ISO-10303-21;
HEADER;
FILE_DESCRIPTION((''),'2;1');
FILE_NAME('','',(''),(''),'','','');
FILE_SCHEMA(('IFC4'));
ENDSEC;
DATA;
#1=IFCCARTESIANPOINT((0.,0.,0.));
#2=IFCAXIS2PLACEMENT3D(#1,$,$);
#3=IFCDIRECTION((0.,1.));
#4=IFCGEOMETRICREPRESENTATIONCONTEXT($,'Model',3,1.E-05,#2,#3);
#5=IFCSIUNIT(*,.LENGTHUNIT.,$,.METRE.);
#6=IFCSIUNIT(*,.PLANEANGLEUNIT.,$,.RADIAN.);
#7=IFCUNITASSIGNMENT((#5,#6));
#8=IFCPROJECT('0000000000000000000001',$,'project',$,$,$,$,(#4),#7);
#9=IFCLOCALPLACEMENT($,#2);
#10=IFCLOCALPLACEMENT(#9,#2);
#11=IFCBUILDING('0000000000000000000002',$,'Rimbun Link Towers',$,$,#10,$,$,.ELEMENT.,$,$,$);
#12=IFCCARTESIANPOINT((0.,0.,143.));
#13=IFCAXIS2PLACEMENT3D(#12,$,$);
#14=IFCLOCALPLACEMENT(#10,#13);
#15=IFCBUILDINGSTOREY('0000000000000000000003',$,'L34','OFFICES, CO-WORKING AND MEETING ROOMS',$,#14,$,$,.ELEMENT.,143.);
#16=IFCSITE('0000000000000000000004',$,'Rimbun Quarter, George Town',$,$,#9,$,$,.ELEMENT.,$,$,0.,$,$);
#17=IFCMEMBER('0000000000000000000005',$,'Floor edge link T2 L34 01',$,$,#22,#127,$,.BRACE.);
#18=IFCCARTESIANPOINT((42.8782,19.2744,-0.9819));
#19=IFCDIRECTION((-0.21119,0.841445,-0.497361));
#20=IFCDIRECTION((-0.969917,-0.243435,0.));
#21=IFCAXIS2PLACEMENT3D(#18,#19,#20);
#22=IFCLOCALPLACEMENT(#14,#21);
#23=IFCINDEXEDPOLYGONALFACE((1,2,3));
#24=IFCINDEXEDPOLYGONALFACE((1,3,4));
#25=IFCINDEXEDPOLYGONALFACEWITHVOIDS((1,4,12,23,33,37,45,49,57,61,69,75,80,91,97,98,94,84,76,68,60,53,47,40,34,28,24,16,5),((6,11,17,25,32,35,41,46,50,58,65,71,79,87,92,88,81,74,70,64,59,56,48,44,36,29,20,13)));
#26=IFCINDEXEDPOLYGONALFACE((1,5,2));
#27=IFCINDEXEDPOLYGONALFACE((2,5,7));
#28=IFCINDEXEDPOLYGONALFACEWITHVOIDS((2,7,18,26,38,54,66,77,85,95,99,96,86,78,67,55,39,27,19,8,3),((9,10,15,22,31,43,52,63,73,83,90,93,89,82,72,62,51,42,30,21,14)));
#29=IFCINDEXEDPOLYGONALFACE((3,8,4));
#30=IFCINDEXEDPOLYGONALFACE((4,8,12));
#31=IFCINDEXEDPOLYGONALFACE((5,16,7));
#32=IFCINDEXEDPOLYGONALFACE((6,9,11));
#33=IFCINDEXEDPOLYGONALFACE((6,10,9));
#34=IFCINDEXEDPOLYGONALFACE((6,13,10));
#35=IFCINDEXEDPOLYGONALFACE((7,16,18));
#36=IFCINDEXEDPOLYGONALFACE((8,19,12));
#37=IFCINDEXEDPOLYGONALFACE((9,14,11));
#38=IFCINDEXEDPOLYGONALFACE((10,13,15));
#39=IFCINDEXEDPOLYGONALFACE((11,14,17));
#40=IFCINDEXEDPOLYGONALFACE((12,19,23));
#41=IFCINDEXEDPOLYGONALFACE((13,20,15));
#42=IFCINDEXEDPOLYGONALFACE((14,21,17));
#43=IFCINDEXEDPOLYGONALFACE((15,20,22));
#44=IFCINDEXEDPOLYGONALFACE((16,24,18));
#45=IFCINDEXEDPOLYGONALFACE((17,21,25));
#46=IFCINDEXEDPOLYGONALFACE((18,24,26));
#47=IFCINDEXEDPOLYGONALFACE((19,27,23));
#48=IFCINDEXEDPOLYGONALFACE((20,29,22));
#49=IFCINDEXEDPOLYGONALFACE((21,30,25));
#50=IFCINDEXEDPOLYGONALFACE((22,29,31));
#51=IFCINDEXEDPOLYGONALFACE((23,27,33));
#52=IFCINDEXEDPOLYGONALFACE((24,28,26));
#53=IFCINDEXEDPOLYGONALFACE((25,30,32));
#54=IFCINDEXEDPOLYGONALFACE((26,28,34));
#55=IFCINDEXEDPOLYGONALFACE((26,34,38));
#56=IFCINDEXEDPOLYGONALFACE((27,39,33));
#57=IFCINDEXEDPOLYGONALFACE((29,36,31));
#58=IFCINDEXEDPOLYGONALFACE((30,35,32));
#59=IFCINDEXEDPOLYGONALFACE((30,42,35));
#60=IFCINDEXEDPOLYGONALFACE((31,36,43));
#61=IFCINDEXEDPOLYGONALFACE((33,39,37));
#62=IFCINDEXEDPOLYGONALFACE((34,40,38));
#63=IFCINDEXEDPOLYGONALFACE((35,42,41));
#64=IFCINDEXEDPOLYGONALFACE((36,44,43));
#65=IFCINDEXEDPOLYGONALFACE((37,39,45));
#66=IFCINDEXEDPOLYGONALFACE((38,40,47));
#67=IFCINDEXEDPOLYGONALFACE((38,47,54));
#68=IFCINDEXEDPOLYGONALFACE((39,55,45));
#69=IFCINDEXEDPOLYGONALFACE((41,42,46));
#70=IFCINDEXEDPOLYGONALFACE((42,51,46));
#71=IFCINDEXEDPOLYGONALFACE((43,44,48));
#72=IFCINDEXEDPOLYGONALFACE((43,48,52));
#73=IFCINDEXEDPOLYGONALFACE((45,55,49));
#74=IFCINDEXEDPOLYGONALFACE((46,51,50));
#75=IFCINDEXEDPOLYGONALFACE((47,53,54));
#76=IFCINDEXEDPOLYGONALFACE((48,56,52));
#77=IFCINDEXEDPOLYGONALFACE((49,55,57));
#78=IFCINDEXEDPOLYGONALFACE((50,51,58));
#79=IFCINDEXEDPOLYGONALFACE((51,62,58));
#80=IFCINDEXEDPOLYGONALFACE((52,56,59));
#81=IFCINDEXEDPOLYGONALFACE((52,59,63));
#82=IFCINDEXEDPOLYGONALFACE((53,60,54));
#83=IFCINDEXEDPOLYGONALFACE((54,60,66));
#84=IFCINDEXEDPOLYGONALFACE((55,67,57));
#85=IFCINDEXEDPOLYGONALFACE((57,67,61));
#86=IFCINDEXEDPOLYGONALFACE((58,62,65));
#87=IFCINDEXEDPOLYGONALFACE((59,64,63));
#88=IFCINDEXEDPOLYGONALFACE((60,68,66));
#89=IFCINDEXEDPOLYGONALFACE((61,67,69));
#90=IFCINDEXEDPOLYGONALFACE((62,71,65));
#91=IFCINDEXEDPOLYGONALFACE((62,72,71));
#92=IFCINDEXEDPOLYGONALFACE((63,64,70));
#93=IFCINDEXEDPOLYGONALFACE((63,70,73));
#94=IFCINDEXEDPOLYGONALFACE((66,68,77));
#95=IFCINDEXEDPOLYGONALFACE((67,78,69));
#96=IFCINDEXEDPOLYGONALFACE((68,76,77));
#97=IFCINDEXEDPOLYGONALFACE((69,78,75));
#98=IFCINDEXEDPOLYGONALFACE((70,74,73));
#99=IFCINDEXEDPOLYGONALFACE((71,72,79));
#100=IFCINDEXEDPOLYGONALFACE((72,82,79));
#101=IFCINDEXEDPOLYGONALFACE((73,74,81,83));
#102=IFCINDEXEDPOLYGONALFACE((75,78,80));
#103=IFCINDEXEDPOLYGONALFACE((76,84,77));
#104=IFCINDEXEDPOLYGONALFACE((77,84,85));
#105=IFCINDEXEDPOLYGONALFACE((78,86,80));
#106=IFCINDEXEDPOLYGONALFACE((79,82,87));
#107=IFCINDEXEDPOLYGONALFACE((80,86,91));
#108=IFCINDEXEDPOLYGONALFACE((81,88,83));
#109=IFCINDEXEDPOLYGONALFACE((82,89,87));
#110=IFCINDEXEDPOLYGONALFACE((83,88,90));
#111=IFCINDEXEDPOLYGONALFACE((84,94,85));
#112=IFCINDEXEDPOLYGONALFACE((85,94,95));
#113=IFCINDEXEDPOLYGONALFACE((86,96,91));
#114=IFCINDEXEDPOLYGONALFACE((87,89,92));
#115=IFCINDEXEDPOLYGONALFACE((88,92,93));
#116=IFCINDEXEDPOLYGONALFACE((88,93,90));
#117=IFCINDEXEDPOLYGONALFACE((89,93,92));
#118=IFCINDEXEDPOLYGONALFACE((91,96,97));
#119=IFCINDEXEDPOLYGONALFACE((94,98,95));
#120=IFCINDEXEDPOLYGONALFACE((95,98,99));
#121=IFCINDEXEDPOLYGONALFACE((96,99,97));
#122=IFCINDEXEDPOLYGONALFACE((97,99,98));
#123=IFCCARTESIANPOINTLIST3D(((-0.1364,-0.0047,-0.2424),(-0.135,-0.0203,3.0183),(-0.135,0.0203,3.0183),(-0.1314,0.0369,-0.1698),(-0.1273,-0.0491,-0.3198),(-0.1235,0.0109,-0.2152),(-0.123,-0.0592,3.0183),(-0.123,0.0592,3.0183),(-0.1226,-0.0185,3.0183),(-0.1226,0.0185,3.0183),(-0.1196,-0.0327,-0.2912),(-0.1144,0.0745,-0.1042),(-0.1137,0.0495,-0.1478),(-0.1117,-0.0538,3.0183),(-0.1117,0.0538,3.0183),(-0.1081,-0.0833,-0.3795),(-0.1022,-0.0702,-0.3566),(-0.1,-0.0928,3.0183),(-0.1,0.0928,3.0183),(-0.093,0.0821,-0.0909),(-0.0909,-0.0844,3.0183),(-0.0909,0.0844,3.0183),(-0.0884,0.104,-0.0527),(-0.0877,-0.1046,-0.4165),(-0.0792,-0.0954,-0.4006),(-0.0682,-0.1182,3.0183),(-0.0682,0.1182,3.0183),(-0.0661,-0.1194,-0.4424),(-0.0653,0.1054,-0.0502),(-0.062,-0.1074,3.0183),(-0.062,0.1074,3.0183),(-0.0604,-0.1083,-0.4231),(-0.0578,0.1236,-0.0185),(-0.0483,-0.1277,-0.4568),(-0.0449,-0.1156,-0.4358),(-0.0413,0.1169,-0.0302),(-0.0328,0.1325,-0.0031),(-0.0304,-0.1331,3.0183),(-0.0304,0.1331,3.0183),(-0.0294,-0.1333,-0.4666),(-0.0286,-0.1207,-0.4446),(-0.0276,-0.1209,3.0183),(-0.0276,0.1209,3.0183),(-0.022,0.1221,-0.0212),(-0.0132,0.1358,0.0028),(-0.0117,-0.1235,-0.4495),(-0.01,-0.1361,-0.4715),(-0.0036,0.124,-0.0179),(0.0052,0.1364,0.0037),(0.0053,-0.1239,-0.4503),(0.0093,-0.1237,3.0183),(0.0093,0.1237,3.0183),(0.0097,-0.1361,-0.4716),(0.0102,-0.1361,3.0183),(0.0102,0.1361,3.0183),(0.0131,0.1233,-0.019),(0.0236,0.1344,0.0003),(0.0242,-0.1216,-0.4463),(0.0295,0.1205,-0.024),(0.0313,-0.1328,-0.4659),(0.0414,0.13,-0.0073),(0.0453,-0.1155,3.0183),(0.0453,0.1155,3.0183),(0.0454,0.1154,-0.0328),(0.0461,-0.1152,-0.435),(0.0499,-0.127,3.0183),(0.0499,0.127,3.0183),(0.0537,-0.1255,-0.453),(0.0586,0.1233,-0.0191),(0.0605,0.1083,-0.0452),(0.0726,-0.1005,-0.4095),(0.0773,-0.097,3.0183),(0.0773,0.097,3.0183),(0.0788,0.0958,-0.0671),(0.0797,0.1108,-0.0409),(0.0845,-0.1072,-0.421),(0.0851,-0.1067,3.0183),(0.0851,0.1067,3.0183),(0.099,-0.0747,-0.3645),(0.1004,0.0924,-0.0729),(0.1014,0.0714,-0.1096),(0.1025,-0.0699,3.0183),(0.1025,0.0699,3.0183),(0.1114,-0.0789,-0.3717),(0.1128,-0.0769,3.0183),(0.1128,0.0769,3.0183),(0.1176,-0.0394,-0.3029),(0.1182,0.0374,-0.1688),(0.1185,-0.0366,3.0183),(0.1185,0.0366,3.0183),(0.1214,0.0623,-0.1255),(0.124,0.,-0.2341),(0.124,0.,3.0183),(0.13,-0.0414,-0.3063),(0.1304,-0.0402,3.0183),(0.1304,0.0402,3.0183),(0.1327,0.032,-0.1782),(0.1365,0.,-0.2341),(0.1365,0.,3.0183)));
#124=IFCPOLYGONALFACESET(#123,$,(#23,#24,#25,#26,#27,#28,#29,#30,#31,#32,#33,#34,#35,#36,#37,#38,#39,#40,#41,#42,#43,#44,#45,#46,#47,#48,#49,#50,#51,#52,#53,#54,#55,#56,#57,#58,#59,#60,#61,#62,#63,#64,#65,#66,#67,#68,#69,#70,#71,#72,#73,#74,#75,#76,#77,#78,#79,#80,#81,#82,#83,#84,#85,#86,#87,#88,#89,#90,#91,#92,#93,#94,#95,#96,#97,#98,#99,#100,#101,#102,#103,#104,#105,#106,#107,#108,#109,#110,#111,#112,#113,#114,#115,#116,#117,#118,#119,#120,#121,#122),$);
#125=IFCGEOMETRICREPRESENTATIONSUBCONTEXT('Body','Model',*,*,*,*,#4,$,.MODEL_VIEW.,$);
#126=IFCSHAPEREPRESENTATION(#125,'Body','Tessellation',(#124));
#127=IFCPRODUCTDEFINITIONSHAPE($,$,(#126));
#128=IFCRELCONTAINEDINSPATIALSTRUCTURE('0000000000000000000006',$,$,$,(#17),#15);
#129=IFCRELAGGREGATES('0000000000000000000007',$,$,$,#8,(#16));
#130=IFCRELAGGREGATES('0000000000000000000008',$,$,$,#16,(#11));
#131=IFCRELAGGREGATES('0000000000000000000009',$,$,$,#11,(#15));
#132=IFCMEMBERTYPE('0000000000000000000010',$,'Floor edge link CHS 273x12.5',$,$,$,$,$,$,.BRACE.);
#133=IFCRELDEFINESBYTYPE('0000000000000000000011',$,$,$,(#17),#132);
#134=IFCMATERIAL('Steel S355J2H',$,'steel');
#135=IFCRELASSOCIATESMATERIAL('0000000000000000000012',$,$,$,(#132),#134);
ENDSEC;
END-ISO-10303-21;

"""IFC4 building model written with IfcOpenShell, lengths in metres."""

from ifc_helpers import new_model, si_unit, direction, frame, origin, origin_2d, place, context, subcontext, project, spatial, hollow_circle, extrude, clip, halfspace, material, material_profile, profile_set, type_object, element, save


model = new_model("IFC4")

# Units and contexts
model_context = context("Model", 3, precision=1e-05, world=origin(), true_north=direction((0.0, 1.0)))
body_context = subcontext(model_context, "Body", "Model", "MODEL_VIEW")
ifc_project = project(units=[si_unit("LENGTHUNIT", "METRE"), si_unit("PLANEANGLEUNIT", "RADIAN")], contexts=[model_context])

# Site, building, storey
site_placement = place(None, origin())
site = spatial("IfcSite", under=ifc_project, at=site_placement, Name="Rimbun Quarter, George Town", CompositionType="ELEMENT", RefElevation=0.0)
building_placement = place(site_placement, origin())
building = spatial("IfcBuilding", under=site, at=building_placement, Name="Rimbun Link Towers", CompositionType="ELEMENT")
storey_placement = place(building_placement, frame((0.0, 0.0, 143.0)))
storey = spatial("IfcBuildingStorey", under=building, at=storey_placement, Name="L34", Description="OFFICES, CO-WORKING AND MEETING ROOMS", CompositionType="ELEMENT", Elevation=143.0)

# Member
ifc_material_1 = material(Name="Steel S355J2H", Category="steel")
ifc_material_profile_1 = material_profile(ifc_material_1, hollow_circle(Radius=0.1365, WallThickness=0.0125, at=origin_2d()), Name="CHS 273x12.5")
ifc_profile_set_1 = profile_set([ifc_material_profile_1], Name="Steel S355J2H")
member_type_1 = type_object("IfcMemberType", Name="Floor edge link CHS 273x12.5", PredefinedType="BRACE", material=ifc_profile_set_1)
member_1_placement = place(storey_placement, frame((42.8782, 19.2744, -0.9819), z_axis=(-0.21119, 0.841445, -0.497361), x_axis=(-0.969917, -0.243435, 0.0)))
element("IfcMember", 1, at=member_1_placement, inside=storey, type_object=member_type_1, Name="Floor edge link T2 L34 01", PredefinedType="BRACE", context=body_context, shape_type="Clipping", body=[
    clip(extrude(hollow_circle(Radius=0.1365, WallThickness=0.0125, at=origin_2d()), frame((0.0, 0.0, -0.4963)), (0.0, 0.0, 1.0), 3.5146), halfspace(frame((0.0, 0.0, -0.2341), z_axis=(0.0, 0.867544, -0.497361)), False)),
])

save(model, "model.ifc")
